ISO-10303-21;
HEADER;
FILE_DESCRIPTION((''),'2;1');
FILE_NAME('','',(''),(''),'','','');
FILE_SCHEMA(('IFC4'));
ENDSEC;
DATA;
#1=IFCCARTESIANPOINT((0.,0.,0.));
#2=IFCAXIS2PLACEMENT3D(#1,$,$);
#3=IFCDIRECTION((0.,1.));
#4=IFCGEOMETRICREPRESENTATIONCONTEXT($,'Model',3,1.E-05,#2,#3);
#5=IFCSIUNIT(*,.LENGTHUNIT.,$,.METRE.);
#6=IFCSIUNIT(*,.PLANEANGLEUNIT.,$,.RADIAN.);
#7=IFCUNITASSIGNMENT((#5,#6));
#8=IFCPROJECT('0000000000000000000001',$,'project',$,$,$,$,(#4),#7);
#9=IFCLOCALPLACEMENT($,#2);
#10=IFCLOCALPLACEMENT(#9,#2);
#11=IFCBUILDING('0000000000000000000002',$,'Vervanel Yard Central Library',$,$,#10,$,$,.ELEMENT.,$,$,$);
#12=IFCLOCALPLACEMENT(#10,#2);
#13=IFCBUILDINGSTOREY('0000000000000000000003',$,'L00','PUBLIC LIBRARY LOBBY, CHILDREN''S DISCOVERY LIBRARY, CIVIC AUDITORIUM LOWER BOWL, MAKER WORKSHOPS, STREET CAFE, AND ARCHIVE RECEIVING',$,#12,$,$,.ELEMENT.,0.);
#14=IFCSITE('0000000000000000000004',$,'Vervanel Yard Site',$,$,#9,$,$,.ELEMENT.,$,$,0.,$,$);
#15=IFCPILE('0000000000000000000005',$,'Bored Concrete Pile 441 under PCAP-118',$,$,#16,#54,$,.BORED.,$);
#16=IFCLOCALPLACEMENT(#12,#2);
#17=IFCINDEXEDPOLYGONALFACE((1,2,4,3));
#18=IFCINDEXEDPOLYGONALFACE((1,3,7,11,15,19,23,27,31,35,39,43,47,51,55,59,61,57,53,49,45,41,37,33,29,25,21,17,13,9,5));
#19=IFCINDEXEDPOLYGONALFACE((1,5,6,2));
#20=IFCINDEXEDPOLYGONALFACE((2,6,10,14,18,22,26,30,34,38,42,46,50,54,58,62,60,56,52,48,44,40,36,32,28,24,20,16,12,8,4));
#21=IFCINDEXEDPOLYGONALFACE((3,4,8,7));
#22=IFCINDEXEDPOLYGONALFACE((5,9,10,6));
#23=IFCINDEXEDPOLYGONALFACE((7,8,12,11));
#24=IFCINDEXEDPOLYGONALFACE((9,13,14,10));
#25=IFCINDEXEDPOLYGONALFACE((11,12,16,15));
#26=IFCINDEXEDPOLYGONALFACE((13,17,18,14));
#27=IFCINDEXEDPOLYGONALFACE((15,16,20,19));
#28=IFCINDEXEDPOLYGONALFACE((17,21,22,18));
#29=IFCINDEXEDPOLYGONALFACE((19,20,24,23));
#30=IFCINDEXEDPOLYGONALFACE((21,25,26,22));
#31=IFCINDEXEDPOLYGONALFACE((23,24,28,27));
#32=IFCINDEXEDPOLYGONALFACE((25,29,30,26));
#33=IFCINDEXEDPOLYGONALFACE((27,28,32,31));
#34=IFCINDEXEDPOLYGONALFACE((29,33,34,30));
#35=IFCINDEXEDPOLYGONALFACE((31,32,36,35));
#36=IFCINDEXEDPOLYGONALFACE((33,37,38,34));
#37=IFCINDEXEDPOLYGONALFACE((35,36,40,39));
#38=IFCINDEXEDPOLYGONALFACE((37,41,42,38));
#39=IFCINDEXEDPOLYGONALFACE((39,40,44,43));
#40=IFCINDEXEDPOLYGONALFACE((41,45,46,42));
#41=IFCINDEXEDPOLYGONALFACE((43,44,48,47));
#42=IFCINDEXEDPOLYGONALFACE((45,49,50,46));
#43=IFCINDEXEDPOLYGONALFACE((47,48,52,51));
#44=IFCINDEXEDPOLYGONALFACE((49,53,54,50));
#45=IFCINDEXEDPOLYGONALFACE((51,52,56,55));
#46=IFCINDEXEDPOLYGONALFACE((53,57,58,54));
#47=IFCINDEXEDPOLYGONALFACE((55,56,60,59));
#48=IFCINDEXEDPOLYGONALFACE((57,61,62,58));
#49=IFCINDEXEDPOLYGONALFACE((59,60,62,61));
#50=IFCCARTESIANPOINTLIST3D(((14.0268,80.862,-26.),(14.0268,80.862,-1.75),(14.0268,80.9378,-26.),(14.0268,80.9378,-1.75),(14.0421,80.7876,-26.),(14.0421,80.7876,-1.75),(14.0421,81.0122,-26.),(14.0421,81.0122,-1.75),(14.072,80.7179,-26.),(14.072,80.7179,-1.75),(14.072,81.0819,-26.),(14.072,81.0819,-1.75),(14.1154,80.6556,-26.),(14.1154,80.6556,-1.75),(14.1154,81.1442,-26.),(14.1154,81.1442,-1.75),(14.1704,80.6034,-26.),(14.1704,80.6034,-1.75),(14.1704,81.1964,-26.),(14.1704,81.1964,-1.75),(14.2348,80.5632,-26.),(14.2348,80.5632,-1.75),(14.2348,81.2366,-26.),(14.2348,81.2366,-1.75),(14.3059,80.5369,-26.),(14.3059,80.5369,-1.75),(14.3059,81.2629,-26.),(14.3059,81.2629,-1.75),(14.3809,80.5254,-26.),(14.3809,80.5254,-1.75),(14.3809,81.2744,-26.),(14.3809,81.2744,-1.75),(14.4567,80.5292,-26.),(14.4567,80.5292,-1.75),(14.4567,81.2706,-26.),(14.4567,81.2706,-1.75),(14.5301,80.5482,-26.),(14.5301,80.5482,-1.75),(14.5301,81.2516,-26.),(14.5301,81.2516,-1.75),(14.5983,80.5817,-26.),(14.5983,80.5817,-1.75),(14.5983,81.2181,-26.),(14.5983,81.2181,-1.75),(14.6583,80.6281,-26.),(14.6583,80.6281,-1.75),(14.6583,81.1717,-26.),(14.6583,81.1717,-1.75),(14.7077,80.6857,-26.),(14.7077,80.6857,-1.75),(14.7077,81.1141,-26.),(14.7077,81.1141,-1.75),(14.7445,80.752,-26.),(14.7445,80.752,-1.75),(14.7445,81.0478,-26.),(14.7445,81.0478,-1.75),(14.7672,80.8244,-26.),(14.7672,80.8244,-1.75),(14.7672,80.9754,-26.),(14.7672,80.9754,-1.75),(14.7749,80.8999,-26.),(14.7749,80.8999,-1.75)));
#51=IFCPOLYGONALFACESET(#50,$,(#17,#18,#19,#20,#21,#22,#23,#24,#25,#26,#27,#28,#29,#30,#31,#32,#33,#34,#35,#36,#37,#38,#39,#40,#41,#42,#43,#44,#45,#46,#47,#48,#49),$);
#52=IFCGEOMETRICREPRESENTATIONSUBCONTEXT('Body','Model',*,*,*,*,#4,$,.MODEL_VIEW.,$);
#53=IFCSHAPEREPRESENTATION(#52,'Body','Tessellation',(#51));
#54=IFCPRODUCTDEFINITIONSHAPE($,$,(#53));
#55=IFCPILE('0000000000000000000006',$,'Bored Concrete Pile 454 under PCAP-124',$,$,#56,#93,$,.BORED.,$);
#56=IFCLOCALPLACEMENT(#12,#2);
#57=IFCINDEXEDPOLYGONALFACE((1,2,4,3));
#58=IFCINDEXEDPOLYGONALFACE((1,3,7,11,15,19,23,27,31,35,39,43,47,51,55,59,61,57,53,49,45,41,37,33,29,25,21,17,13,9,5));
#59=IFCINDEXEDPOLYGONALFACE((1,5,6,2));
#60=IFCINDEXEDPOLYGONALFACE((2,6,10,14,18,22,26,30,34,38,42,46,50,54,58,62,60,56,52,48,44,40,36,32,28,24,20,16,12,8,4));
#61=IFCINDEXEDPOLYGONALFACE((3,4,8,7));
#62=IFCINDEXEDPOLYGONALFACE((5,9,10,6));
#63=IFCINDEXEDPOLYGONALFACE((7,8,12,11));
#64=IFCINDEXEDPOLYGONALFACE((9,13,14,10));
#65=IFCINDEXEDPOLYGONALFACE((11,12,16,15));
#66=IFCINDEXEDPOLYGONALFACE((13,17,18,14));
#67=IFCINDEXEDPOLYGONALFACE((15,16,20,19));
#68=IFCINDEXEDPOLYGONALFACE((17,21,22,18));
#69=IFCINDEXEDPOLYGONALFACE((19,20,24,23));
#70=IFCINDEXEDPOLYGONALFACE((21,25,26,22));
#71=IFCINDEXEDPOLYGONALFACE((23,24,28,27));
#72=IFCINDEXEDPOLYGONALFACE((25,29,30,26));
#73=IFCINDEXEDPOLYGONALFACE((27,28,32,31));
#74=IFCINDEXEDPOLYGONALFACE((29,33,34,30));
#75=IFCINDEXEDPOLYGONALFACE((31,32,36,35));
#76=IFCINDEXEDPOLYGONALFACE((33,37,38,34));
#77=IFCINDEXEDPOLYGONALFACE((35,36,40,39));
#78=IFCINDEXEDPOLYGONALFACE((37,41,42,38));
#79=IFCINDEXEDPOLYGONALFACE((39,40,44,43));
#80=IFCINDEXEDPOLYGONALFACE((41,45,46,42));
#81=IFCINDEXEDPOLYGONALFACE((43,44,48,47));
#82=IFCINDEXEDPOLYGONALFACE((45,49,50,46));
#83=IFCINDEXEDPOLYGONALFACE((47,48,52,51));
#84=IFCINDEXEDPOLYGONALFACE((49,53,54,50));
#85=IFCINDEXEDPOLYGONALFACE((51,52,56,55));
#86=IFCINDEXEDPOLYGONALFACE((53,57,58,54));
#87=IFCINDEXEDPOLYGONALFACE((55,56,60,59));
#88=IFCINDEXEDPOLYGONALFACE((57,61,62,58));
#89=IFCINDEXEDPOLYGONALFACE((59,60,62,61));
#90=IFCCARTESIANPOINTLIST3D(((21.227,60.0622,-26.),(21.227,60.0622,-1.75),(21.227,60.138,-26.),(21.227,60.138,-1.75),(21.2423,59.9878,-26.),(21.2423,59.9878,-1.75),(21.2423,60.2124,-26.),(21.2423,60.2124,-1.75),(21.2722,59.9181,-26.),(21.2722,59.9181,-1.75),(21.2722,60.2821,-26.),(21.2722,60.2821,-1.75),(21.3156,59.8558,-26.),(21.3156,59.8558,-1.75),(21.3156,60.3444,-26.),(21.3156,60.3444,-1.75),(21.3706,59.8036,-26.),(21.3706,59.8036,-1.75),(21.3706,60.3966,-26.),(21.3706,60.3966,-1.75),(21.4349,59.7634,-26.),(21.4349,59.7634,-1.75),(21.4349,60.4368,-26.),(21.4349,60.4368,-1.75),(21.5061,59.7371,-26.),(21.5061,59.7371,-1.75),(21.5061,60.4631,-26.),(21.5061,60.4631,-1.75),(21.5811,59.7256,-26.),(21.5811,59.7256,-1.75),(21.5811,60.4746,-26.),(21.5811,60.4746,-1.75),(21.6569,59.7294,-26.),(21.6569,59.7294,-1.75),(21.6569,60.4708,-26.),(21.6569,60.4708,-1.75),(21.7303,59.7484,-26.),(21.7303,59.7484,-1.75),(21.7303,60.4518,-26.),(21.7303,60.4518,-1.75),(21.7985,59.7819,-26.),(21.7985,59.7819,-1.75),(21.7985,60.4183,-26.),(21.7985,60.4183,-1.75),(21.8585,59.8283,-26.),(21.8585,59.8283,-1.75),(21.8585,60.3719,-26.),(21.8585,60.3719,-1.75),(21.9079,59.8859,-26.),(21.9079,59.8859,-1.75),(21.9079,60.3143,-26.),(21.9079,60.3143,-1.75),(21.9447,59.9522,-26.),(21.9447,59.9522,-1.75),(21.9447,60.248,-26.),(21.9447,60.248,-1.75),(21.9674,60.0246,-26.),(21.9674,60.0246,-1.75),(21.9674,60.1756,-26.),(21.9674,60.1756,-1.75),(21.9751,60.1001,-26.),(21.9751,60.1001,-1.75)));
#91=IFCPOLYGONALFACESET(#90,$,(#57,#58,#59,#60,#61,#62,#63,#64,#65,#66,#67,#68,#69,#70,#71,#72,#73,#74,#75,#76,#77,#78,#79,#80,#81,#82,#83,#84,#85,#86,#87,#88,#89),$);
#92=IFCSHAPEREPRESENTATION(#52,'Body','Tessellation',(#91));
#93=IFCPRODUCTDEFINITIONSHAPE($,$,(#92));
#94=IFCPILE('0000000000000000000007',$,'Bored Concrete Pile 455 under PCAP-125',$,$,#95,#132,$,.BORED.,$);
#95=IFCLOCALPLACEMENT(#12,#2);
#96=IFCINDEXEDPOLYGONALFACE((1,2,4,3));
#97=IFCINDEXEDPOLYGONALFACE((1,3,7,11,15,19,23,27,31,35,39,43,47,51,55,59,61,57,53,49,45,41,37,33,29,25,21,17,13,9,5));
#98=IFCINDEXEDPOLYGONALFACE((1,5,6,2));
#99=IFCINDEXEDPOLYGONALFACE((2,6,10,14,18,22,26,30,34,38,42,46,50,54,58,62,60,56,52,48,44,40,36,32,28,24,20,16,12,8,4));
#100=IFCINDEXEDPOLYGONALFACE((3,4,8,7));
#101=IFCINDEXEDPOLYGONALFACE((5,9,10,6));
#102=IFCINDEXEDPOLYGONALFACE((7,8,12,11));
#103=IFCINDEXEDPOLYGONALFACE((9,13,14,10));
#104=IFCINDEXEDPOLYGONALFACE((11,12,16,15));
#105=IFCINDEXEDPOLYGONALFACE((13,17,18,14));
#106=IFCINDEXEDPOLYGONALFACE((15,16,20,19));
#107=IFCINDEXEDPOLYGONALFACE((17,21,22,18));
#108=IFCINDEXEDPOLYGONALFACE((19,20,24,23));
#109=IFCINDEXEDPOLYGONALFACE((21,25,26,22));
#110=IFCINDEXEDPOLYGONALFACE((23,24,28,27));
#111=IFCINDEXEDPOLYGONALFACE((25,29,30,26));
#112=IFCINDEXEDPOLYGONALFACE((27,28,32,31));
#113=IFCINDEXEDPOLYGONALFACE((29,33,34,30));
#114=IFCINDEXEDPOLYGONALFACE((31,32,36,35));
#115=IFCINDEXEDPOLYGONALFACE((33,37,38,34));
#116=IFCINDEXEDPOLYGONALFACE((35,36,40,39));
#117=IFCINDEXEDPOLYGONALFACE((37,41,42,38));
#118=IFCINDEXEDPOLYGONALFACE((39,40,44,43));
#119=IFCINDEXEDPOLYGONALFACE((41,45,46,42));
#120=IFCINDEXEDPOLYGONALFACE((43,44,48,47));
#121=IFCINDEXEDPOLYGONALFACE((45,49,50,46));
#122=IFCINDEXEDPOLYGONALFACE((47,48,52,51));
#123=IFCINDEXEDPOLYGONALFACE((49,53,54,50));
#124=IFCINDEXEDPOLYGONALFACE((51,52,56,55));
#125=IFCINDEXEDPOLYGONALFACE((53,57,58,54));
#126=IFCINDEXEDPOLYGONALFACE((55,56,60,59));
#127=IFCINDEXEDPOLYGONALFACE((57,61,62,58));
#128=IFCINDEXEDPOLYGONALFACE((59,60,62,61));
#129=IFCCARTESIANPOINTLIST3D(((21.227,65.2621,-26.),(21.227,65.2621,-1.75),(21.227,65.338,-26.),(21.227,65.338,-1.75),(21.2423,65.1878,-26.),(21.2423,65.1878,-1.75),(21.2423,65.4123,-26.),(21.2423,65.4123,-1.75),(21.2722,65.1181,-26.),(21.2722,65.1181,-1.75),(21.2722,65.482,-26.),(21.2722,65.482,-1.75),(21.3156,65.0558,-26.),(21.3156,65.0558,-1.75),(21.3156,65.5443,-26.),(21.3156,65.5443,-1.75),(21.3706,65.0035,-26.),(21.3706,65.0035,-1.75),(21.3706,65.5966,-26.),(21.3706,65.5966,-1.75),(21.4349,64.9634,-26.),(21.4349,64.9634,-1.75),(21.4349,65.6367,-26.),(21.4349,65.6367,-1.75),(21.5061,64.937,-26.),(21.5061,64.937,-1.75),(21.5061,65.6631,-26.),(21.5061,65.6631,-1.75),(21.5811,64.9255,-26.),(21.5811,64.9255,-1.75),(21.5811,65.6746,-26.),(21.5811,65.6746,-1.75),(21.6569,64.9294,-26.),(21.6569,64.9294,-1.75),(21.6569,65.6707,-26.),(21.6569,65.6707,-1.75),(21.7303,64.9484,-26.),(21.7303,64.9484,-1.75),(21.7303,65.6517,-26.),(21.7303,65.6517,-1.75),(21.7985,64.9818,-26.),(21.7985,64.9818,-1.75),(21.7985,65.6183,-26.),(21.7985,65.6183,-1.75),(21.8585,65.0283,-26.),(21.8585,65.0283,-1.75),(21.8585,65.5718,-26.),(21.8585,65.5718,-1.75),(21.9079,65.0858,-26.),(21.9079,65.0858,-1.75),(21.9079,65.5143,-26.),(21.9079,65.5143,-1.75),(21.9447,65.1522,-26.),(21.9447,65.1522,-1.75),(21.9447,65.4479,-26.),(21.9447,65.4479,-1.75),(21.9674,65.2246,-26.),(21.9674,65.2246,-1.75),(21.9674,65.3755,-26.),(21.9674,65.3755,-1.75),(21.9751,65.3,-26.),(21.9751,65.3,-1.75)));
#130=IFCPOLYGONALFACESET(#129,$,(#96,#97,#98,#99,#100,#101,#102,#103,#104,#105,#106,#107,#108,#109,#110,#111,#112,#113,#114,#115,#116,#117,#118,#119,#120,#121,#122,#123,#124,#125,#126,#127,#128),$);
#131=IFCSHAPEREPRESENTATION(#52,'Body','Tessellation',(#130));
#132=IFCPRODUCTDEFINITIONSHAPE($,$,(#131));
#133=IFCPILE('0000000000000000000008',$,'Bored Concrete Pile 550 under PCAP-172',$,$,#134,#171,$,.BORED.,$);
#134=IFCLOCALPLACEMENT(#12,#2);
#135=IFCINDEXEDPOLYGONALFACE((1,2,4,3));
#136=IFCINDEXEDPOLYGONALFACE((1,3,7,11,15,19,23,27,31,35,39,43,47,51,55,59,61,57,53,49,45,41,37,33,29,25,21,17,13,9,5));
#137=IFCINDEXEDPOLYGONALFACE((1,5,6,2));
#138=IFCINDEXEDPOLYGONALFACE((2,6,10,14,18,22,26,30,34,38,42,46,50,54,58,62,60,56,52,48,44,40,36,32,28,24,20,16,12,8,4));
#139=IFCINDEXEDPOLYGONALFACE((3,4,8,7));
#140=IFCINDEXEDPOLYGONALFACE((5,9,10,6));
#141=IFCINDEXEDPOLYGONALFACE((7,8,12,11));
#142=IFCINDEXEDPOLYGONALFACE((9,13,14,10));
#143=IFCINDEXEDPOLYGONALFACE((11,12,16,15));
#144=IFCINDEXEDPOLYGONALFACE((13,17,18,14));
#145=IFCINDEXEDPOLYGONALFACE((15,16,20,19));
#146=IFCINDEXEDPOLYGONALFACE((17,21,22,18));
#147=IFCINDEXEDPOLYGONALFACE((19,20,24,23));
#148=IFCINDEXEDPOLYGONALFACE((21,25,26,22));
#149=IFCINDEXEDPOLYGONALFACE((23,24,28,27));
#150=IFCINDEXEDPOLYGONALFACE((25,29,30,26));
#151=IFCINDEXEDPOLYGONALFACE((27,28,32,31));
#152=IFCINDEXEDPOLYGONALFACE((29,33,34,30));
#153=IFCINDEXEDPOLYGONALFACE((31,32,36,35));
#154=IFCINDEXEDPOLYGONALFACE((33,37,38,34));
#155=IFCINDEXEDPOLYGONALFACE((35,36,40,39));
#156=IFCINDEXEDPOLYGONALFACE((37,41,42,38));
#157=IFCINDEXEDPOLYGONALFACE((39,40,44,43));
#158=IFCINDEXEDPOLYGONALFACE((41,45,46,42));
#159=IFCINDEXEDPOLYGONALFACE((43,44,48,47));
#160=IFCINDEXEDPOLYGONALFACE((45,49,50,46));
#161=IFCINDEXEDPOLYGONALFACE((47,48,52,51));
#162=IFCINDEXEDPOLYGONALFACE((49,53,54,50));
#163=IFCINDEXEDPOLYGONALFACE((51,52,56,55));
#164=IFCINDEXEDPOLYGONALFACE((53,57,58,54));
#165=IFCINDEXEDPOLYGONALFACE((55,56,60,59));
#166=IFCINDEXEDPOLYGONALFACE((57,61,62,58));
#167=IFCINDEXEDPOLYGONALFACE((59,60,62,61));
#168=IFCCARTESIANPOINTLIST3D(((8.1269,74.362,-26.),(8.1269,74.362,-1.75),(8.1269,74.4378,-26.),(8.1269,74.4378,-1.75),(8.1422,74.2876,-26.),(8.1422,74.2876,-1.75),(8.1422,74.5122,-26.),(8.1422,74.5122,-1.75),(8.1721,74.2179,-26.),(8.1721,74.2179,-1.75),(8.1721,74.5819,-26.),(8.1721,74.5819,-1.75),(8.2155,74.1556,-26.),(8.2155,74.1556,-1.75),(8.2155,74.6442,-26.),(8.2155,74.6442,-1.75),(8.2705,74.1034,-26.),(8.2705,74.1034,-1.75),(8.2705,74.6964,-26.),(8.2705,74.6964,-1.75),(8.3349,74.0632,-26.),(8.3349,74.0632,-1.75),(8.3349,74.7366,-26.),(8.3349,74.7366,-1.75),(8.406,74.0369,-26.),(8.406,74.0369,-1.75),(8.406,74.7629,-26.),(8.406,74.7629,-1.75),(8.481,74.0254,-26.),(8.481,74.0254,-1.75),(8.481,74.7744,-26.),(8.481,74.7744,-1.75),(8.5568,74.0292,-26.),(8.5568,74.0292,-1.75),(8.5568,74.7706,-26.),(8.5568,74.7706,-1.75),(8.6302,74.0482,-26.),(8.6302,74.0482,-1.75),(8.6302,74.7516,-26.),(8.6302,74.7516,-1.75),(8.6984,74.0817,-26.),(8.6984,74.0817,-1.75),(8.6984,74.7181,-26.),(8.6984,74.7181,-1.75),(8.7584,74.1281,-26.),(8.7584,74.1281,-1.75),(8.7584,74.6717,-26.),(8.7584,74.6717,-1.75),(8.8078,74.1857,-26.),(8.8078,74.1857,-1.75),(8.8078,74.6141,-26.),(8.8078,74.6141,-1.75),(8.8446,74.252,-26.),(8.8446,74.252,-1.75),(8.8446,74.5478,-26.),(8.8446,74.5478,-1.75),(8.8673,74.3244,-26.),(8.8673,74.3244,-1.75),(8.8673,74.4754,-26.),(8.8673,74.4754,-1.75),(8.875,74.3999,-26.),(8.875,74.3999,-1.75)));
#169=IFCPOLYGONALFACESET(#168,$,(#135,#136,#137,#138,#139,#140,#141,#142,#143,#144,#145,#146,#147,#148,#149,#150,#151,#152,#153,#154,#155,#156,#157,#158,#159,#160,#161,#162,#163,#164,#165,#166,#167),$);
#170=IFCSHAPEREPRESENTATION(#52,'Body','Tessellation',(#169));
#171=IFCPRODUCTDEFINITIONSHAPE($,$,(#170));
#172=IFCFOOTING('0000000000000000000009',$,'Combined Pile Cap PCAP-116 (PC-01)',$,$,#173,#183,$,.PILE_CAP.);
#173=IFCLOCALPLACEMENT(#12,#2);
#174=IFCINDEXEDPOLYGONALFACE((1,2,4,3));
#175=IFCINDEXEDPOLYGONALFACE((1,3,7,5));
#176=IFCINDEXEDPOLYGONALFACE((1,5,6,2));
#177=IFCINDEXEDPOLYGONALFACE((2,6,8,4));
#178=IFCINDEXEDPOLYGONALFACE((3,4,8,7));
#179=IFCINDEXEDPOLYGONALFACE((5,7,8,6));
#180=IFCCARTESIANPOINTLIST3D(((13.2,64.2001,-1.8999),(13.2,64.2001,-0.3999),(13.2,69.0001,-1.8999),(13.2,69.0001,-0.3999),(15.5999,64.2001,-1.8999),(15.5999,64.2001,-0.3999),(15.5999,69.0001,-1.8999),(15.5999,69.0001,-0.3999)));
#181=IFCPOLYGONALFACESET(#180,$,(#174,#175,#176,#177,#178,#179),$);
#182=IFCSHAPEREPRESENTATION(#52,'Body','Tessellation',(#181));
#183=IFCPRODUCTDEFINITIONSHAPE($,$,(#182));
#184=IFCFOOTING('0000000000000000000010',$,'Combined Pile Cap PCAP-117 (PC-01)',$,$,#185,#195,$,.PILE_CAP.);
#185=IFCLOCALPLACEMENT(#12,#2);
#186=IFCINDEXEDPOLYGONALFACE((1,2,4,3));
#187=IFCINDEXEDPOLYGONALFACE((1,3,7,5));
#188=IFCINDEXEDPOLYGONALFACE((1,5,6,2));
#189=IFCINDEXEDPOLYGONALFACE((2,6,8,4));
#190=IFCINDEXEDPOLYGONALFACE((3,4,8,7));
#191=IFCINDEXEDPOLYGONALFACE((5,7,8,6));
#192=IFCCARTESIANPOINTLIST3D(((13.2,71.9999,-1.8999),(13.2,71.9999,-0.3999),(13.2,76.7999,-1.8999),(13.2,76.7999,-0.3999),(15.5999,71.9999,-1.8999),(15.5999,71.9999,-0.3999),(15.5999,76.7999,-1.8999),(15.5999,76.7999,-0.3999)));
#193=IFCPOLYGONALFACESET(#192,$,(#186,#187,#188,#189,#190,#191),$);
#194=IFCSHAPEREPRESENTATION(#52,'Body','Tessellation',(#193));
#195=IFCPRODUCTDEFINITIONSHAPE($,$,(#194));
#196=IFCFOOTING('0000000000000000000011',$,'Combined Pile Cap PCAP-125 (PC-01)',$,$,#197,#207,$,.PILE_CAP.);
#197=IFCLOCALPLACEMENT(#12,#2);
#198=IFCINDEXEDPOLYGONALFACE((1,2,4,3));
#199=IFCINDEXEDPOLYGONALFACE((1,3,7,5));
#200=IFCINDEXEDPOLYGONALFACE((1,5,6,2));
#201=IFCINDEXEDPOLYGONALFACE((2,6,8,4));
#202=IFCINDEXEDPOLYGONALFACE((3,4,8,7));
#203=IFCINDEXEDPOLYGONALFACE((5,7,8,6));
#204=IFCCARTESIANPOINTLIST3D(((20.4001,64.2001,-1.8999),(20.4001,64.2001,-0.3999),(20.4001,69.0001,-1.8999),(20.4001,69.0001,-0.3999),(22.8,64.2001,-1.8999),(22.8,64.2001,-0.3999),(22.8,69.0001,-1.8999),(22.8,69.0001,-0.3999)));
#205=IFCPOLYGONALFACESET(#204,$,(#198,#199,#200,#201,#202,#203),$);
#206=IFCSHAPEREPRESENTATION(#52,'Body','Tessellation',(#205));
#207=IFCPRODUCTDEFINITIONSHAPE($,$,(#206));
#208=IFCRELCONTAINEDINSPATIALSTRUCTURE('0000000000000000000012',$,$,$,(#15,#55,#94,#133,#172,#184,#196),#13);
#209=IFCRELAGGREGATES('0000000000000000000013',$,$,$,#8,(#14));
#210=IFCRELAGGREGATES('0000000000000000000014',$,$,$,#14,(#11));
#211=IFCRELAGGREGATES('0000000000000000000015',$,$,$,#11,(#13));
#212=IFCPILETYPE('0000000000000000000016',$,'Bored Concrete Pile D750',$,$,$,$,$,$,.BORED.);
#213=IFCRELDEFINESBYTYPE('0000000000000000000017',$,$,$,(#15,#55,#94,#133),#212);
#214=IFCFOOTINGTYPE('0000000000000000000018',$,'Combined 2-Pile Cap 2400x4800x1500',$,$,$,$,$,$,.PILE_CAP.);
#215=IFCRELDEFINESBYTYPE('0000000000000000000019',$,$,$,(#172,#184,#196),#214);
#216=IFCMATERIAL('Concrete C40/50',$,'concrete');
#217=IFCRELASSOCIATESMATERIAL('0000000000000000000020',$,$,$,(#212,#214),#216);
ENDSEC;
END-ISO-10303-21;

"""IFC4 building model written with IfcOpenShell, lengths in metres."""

from ifc_helpers import new_model, si_unit, direction, frame, origin, origin_2d, place, context, subcontext, project, spatial, rectangle, circle, extrude, material, material_profile, profile_set, type_object, element, save


model = new_model("IFC4")

# Units and contexts
model_context = context("Model", 3, precision=1e-05, world=origin(), true_north=direction((0.0, 1.0)))
body_context = subcontext(model_context, "Body", "Model", "MODEL_VIEW")
ifc_project = project(units=[si_unit("LENGTHUNIT", "METRE"), si_unit("PLANEANGLEUNIT", "RADIAN")], contexts=[model_context])

# Site, building, storey
site_placement = place(None, origin())
site = spatial("IfcSite", under=ifc_project, at=site_placement, Name="Vervanel Yard Site", CompositionType="ELEMENT", RefElevation=0.0)
building_placement = place(site_placement, origin())
building = spatial("IfcBuilding", under=site, at=building_placement, Name="Vervanel Yard Central Library", CompositionType="ELEMENT")
storey_placement = place(building_placement, origin())
storey = spatial("IfcBuildingStorey", under=building, at=storey_placement, Name="L00", Description="PUBLIC LIBRARY LOBBY, CHILDREN'S DISCOVERY LIBRARY, CIVIC AUDITORIUM LOWER BOWL, MAKER WORKSHOPS, STREET CAFE, AND ARCHIVE RECEIVING", CompositionType="ELEMENT", Elevation=0.0)

# Piles
ifc_material_1 = material(Name="Concrete C40/50", Category="concrete")
ifc_material_profile_1 = material_profile(ifc_material_1, circle(Radius=0.375, at=origin_2d()), Name="BP D750", Category="concrete")
ifc_profile_set_1 = profile_set([ifc_material_profile_1], Name="Concrete C40/50")
pile_type = type_object("IfcPileType", Name="Bored Concrete Pile D750", PredefinedType="BORED", material=ifc_profile_set_1)
for number, where, z_axis, x_axis, name in (
    (1, (14.3999, 80.8999, -1.75), (0.0, 0.0, -1.0), (1.0, 0.0, 0.0), "Bored Concrete Pile 441 under PCAP-118"),
    (2, (21.6001, 60.1001, -1.75), (0.0, 0.0, -1.0), (1.0, 0.0, 0.0), "Bored Concrete Pile 454 under PCAP-124"),
    (3, (21.6001, 65.3, -1.75), (0.0, 0.0, -1.0), (1.0, 0.0, 0.0), "Bored Concrete Pile 455 under PCAP-125"),
    (4, (8.5, 74.3999, -1.75), (0.0, 0.0, -1.0), (1.0, 0.0, 0.0), "Bored Concrete Pile 550 under PCAP-172"),
):
    element("IfcPile", number, at=place(storey_placement, frame(where, z_axis=z_axis, x_axis=x_axis)), inside=storey, type_object=pile_type, Name=name, PredefinedType="BORED", context=body_context, shape_type="SweptSolid", body=[
        extrude(circle(Radius=0.375, at=origin_2d()), origin(), (0.0, 0.0, 1.0), 24.25),
    ])

# Footings
footing_type_1 = type_object("IfcFootingType", Name="Combined 2-Pile Cap 2400x4800x1500", PredefinedType="PILE_CAP", material=ifc_material_1)
for number, where, z_axis, x_axis, name in (
    (5, (14.3999, 66.6001, -1.8999), (0.0, 0.0, 1.0), (1.0, 0.0, 0.0), "Combined Pile Cap PCAP-116 (PC-01)"),
    (6, (14.3999, 74.3999, -1.8999), (0.0, 0.0, 1.0), (1.0, 0.0, 0.0), "Combined Pile Cap PCAP-117 (PC-01)"),
    (7, (21.6001, 66.6001, -1.8999), (0.0, 0.0, 1.0), (1.0, 0.0, 0.0), "Combined Pile Cap PCAP-125 (PC-01)"),
):
    element("IfcFooting", number, at=place(storey_placement, frame(where, z_axis=z_axis, x_axis=x_axis)), inside=storey, type_object=footing_type_1, Name=name, PredefinedType="PILE_CAP", context=body_context, shape_type="SweptSolid", body=[
        extrude(rectangle(XDim=2.3999, YDim=4.8, at=origin_2d()), origin(), (0.0, 0.0, 1.0), 1.5),
    ])

save(model, "model.ifc")
